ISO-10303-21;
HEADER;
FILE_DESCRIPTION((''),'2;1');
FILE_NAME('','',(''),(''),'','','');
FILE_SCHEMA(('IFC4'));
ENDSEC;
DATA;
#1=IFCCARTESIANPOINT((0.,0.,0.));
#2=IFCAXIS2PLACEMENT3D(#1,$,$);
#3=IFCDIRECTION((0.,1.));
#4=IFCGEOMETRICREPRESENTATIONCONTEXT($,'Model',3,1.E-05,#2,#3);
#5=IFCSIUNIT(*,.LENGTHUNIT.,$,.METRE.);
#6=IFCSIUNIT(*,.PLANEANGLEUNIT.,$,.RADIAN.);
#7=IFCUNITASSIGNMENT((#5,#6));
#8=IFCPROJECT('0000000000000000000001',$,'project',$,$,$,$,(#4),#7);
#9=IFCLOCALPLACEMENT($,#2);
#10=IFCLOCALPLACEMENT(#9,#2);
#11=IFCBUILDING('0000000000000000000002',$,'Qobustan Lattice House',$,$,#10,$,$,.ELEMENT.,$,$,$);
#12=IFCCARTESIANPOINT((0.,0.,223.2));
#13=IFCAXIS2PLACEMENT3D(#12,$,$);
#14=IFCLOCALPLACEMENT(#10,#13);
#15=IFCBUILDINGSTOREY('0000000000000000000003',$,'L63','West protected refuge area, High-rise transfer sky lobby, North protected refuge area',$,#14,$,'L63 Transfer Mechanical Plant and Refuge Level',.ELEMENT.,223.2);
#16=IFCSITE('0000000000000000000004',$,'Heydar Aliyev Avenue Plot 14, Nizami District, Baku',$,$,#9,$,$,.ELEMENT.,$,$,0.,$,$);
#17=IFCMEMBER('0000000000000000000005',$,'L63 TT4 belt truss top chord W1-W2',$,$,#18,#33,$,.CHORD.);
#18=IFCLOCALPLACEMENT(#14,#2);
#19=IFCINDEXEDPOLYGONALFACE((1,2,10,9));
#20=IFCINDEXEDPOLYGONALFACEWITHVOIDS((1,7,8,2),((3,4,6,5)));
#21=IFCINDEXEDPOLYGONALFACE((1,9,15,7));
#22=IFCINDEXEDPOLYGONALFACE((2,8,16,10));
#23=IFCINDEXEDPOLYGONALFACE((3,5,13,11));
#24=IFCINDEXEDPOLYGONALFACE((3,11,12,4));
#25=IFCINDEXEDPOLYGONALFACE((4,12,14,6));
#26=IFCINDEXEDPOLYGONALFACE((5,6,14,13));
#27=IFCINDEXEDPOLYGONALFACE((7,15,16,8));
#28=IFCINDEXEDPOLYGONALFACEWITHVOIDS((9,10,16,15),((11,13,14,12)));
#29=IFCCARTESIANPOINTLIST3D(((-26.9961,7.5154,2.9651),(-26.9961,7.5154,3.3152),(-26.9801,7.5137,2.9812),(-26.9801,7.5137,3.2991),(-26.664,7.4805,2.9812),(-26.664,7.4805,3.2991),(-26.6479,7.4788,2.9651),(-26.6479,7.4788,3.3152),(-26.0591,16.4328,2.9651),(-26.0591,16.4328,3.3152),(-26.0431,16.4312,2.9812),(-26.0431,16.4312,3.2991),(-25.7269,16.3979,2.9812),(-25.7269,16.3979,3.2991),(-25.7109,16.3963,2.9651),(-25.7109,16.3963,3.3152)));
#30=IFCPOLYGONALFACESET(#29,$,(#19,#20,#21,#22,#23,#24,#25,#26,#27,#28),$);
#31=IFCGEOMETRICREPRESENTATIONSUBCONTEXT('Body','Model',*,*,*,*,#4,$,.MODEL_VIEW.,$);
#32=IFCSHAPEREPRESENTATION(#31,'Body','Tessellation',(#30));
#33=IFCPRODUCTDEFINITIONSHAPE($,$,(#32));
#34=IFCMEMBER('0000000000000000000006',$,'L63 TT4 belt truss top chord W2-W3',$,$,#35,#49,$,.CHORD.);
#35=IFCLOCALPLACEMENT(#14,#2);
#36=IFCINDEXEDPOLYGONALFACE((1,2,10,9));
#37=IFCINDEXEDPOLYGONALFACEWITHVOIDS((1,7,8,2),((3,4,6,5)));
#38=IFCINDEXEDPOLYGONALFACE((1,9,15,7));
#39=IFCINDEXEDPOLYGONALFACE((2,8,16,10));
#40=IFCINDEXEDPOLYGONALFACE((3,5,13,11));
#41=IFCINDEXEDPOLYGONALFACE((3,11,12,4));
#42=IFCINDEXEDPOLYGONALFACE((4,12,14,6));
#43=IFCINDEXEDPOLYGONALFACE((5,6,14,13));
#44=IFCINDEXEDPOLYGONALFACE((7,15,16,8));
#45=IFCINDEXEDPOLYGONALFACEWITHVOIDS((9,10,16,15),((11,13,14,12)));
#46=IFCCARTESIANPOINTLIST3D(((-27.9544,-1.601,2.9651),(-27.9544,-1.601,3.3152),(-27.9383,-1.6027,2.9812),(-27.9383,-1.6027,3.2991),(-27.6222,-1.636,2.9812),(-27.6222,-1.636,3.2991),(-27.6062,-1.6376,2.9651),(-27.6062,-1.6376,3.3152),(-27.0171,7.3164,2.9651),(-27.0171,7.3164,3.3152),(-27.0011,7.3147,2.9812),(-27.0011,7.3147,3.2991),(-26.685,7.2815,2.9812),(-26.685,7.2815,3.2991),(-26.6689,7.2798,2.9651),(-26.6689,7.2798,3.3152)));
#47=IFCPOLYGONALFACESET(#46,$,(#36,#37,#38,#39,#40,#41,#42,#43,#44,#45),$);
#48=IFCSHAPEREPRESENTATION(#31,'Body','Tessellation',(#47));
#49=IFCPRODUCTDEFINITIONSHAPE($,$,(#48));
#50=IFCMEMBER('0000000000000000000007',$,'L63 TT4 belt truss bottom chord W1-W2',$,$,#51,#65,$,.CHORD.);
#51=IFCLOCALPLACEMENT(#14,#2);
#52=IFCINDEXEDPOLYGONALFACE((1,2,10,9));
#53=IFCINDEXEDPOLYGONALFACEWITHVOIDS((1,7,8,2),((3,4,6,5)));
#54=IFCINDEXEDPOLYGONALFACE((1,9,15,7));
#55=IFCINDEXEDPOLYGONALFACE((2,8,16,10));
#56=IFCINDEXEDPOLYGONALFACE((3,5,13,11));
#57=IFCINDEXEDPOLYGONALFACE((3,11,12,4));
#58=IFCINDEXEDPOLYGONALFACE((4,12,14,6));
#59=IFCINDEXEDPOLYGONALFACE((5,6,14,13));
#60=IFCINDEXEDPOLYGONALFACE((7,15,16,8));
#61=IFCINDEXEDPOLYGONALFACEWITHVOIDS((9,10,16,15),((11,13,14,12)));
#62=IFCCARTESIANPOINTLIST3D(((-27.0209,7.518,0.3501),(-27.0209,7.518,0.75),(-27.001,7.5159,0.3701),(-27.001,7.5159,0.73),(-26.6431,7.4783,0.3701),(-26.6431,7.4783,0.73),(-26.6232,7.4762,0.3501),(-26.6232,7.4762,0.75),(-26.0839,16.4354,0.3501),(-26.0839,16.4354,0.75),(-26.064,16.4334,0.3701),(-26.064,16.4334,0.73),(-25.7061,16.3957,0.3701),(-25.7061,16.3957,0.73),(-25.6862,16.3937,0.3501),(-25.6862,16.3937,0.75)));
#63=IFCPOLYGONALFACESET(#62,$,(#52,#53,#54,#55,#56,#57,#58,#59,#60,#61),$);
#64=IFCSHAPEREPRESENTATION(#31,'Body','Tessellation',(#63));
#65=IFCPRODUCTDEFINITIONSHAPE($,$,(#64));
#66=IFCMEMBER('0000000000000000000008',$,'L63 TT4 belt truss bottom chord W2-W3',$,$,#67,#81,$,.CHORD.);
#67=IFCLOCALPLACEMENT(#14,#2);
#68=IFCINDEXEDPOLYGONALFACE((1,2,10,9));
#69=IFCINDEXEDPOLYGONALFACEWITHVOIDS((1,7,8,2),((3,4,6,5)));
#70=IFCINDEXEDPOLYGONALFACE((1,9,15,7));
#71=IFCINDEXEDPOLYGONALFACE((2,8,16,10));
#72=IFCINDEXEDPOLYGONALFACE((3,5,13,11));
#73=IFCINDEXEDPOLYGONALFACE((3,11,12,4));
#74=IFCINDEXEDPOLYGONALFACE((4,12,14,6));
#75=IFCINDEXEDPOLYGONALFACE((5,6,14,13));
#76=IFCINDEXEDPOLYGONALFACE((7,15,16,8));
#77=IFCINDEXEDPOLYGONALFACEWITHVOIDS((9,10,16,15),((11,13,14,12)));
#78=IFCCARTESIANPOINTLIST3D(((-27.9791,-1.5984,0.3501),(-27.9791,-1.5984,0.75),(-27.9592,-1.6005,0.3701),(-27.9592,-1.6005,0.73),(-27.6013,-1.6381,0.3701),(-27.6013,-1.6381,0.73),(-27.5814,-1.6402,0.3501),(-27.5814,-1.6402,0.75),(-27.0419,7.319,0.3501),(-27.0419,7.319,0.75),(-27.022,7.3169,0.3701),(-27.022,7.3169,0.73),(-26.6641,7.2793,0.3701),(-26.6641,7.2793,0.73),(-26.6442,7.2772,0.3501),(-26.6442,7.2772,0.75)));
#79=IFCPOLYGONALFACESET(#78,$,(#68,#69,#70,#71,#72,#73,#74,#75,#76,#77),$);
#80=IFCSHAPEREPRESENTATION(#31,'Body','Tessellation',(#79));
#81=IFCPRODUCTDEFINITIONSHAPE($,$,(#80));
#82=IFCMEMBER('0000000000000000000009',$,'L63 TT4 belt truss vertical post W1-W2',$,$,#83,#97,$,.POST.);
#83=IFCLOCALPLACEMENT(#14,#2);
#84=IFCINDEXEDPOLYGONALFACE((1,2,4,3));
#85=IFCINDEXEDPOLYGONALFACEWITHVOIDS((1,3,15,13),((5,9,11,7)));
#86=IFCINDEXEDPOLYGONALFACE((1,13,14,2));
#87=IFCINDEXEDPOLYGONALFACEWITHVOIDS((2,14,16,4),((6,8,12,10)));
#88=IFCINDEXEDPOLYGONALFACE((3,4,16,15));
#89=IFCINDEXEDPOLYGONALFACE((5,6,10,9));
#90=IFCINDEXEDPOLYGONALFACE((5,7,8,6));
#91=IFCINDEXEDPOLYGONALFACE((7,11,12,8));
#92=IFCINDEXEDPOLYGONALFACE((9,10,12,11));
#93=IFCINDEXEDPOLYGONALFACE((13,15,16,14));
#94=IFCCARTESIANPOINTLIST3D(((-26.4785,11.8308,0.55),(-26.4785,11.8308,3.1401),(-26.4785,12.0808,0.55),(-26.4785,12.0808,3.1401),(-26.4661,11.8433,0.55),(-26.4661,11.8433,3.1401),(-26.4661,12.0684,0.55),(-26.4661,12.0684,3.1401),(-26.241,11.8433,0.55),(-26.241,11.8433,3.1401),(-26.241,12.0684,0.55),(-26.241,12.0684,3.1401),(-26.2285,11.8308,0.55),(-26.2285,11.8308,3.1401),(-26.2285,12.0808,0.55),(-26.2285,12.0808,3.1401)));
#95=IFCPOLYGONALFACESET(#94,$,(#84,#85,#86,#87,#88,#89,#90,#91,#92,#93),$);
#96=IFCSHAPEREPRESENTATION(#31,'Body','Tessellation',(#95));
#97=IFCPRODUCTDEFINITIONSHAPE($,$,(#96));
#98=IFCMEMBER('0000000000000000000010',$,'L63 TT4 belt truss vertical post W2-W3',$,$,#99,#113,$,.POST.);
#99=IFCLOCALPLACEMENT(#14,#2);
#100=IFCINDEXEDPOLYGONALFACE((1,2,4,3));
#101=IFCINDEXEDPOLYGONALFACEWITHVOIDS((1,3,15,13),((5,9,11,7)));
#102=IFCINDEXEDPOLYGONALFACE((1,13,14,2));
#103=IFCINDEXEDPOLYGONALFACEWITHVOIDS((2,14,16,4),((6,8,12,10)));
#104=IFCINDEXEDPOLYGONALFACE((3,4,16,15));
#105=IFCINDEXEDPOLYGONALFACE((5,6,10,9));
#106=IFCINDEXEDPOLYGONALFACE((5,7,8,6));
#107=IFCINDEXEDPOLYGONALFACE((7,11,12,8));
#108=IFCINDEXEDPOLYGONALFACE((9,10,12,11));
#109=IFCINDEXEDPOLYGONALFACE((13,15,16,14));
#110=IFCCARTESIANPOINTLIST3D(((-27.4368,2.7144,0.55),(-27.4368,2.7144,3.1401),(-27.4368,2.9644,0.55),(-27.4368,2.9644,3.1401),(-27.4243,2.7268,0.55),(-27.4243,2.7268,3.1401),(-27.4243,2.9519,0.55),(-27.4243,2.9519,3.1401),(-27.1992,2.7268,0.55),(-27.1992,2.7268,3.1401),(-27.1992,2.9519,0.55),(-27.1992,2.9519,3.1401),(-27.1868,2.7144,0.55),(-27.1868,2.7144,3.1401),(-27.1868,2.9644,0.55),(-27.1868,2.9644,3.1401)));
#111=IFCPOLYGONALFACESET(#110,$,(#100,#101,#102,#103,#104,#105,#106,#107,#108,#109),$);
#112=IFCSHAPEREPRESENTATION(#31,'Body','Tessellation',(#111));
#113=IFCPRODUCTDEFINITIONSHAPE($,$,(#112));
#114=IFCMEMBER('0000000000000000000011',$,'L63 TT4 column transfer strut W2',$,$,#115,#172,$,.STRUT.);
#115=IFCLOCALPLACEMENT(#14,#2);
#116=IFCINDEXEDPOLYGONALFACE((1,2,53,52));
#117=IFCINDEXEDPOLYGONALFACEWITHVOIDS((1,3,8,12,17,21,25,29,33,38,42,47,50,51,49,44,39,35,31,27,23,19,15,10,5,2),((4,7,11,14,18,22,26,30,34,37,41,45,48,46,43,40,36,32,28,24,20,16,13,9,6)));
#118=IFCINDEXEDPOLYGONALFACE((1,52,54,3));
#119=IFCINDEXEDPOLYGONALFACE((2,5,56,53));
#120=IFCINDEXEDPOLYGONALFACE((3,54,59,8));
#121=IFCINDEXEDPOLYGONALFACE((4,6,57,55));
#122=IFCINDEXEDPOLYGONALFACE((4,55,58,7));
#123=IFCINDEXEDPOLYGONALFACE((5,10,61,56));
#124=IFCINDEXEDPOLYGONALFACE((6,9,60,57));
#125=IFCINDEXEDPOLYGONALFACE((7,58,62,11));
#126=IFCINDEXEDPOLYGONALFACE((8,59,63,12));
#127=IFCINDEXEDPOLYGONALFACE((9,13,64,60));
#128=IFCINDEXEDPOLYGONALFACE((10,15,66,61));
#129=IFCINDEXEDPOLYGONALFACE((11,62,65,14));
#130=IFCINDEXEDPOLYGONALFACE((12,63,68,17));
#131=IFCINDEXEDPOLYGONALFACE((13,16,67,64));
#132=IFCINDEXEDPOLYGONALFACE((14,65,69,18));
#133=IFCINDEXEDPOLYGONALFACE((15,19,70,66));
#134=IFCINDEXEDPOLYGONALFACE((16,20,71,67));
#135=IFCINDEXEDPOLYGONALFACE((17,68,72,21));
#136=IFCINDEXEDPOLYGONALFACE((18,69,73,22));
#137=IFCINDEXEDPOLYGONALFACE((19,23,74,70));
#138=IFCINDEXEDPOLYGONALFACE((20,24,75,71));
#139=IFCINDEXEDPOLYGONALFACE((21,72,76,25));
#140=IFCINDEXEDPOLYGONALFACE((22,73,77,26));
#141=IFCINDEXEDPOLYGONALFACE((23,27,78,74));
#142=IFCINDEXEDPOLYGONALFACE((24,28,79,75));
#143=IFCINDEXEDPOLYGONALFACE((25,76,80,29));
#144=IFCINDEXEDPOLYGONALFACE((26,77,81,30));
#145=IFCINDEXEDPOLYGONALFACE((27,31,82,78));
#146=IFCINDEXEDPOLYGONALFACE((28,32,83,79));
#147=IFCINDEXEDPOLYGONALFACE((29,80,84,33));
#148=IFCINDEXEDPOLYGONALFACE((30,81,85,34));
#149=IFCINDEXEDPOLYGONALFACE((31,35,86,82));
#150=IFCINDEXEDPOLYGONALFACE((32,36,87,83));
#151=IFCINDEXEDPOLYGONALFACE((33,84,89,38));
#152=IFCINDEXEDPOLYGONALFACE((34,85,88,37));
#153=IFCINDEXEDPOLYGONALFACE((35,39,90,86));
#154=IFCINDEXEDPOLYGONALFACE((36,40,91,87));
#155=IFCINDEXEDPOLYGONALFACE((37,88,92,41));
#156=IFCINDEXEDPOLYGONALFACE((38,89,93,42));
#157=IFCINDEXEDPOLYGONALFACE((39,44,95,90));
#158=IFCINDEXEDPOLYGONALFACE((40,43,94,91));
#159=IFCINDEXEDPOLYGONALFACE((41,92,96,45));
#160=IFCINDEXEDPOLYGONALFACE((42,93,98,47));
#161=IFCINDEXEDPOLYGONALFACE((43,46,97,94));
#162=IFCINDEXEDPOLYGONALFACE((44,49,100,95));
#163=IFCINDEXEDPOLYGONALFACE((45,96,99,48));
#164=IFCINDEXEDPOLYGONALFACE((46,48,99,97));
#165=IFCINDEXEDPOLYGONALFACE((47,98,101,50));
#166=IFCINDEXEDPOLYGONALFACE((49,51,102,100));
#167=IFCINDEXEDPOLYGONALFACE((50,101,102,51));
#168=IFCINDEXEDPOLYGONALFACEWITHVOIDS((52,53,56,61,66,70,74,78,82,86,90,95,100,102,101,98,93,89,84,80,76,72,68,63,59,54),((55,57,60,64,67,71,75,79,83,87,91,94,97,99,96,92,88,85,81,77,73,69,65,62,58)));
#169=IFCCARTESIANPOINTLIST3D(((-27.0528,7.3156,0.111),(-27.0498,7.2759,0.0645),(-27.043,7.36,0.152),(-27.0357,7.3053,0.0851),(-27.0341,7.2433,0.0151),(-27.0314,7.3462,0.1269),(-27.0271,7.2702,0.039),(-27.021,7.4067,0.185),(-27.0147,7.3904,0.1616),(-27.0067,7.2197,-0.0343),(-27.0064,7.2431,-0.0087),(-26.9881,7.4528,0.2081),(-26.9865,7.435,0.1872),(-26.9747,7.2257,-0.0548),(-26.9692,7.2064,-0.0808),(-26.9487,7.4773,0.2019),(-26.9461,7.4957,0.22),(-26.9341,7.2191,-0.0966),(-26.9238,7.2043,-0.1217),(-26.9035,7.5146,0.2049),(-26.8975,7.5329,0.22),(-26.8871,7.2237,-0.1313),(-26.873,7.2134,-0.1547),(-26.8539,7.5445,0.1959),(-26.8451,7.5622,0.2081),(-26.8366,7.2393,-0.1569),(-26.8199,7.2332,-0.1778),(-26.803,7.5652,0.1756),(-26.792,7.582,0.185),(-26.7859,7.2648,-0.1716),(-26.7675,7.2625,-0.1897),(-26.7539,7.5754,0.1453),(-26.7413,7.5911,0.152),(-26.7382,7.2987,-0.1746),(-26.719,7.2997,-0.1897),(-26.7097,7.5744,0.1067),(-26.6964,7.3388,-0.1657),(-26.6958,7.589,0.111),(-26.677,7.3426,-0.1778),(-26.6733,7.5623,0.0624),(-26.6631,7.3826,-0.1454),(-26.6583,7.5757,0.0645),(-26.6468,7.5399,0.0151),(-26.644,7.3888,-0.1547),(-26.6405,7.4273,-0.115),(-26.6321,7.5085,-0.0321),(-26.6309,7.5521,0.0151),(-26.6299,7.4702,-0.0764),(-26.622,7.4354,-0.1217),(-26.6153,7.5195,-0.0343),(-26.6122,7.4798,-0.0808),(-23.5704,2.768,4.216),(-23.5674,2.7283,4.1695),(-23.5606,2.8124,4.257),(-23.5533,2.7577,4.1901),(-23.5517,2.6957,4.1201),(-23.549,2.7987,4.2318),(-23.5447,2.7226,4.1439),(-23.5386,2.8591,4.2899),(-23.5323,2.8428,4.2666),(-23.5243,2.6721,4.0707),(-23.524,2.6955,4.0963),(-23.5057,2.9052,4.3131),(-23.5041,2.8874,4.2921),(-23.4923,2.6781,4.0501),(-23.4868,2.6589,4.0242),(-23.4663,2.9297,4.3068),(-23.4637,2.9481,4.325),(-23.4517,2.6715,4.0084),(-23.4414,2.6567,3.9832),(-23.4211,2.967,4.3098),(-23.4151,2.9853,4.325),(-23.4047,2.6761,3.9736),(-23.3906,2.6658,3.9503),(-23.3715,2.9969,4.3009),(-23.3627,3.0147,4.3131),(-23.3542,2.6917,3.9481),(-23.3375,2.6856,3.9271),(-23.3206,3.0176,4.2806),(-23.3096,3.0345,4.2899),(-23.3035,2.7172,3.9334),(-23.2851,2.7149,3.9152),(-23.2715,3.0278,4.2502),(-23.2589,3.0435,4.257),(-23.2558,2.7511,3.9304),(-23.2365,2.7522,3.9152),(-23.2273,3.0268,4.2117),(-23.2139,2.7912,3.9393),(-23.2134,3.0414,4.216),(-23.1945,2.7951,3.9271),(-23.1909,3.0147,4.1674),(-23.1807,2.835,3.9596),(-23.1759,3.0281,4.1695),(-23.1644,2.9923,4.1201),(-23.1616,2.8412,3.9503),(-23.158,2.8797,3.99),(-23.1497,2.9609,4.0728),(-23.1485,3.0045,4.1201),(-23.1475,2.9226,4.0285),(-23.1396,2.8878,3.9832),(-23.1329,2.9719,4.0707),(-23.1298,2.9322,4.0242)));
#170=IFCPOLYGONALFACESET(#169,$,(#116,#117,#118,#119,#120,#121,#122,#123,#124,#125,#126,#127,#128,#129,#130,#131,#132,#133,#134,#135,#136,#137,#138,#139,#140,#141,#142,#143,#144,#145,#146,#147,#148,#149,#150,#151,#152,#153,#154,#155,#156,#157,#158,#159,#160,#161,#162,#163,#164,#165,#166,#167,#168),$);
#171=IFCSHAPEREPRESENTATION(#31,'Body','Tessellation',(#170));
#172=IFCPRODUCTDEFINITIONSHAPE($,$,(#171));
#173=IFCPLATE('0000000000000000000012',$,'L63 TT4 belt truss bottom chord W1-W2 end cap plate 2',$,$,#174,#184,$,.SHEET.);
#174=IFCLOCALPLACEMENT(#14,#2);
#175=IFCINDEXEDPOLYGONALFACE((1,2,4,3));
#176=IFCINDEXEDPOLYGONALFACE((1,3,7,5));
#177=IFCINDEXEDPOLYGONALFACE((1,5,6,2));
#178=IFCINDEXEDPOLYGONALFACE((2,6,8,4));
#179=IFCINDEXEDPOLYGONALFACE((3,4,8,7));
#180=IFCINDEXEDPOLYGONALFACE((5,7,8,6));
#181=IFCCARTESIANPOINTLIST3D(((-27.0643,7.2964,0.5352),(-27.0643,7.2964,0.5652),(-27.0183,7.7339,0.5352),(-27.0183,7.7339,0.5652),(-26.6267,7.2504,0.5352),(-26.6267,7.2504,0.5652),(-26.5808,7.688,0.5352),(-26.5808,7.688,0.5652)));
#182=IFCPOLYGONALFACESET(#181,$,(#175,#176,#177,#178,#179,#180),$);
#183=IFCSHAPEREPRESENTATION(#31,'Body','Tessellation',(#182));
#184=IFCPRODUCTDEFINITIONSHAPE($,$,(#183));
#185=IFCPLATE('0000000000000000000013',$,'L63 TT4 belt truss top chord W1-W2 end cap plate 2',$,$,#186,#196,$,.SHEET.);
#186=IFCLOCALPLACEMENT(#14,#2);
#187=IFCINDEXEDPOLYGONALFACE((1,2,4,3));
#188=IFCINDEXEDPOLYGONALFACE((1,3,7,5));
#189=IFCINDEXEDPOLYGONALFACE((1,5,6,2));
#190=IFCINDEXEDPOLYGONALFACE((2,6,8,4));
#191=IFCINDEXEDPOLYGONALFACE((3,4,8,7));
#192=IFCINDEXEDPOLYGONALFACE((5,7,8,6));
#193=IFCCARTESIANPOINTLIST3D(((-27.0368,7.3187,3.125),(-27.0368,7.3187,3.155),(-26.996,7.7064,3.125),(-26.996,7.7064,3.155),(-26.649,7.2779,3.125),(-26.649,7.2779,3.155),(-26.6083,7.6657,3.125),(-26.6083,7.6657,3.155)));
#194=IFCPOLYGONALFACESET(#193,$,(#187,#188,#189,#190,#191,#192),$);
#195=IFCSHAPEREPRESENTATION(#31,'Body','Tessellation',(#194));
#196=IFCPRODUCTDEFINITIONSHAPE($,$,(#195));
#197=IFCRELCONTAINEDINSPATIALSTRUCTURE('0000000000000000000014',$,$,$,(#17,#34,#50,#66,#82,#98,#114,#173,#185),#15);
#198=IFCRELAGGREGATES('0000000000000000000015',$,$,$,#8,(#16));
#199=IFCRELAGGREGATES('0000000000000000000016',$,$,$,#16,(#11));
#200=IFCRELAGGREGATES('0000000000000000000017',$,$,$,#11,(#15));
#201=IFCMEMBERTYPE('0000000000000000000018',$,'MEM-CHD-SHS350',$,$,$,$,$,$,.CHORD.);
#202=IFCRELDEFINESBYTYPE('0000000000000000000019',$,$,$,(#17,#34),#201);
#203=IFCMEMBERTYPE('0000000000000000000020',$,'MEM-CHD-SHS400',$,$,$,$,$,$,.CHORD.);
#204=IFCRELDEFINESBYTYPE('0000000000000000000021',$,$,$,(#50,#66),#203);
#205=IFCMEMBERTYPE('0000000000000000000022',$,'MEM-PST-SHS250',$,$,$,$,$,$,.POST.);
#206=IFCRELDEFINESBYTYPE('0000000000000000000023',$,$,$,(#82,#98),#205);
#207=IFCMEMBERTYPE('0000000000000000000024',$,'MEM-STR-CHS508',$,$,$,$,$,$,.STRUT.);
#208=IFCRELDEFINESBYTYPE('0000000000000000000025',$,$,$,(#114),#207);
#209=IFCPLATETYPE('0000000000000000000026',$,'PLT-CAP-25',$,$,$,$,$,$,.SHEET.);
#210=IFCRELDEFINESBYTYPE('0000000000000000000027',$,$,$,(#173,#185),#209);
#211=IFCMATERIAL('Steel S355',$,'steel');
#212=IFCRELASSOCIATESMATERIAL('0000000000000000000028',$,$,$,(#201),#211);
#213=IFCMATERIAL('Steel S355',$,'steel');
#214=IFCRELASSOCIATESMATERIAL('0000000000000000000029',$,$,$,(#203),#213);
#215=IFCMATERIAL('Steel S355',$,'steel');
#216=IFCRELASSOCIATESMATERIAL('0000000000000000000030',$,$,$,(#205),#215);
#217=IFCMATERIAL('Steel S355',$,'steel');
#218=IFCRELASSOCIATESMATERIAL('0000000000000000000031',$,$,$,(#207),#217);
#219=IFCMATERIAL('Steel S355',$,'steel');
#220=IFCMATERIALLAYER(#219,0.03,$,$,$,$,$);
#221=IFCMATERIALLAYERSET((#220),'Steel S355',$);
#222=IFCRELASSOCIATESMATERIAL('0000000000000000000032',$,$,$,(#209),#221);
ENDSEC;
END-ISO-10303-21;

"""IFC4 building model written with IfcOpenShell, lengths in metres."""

from ifc_helpers import new_model, si_unit, direction, frame, origin, origin_2d, place, context, subcontext, project, spatial, rectangle, hollow_rectangle, hollow_circle, extrude, material, layer, layer_set, material_profile, profile_set, type_object, element, save


model = new_model("IFC4")

# Units and contexts
model_context = context("Model", 3, precision=1e-05, world=origin(), true_north=direction((0.0, 1.0)))
body_context = subcontext(model_context, "Body", "Model", "MODEL_VIEW")
ifc_project = project(units=[si_unit("LENGTHUNIT", "METRE"), si_unit("PLANEANGLEUNIT", "RADIAN")], contexts=[model_context])

# Site, building, storey
site_placement = place(None, origin())
site = spatial("IfcSite", under=ifc_project, at=site_placement, Name="Heydar Aliyev Avenue Plot 14, Nizami District, Baku", CompositionType="ELEMENT", RefElevation=0.0)
building_placement = place(site_placement, origin())
building = spatial("IfcBuilding", under=site, at=building_placement, Name="Qobustan Lattice House", CompositionType="ELEMENT")
storey_placement = place(building_placement, frame((0.0, 0.0, 223.2)))
storey = spatial("IfcBuildingStorey", under=building, at=storey_placement, Name="L63", Description="West protected refuge area, High-rise transfer sky lobby, North protected refuge area", LongName="L63 Transfer Mechanical Plant and Refuge Level", CompositionType="ELEMENT", Elevation=223.2)

# Members
ifc_material_1 = material(Name="Steel S355", Category="steel")
ifc_material_profile_1 = material_profile(ifc_material_1, hollow_rectangle(XDim=0.3501, YDim=0.3501, WallThickness=0.0161, at=origin_2d()), Name="SHS350x350x16")
ifc_profile_set_1 = profile_set([ifc_material_profile_1], Name="Steel S355")
member_type_1 = type_object("IfcMemberType", Name="MEM-CHD-SHS350", PredefinedType="CHORD", material=ifc_profile_set_1)
for number, where, z_axis, x_axis, name in (
    (1, (-25.885, 16.4146, 3.1401), (-0.104501, -0.994525, 0.0), (0.994525, -0.104501, 0.0), "L63 TT4 belt truss top chord W1-W2"),
    (2, (-26.843, 7.2981, 3.1401), (-0.104527, -0.994522, 0.0), (0.994522, -0.104527, 0.0), "L63 TT4 belt truss top chord W2-W3"),
):
    element("IfcMember", number, at=place(storey_placement, frame(where, z_axis=z_axis, x_axis=x_axis)), inside=storey, type_object=member_type_1, Name=name, PredefinedType="CHORD", context=body_context, shape_type="SweptSolid", body=[
        extrude(hollow_rectangle(XDim=0.3501, YDim=0.3501, WallThickness=0.0161, at=origin_2d()), origin(), (0.0, 0.0, 1.0), 8.9666),
    ])
ifc_material_2 = material(Name="Steel S355", Category="steel")
ifc_material_profile_2 = material_profile(ifc_material_2, hollow_rectangle(XDim=0.3999, YDim=0.3999, WallThickness=0.02, at=origin_2d()), Name="SHS400x400x20")
ifc_profile_set_2 = profile_set([ifc_material_profile_2], Name="Steel S355")
member_type_2 = type_object("IfcMemberType", Name="MEM-CHD-SHS400", PredefinedType="CHORD", material=ifc_profile_set_2)
for number, where, z_axis, x_axis, name in (
    (3, (-25.885, 16.4146, 0.55), (-0.104501, -0.994525, 0.0), (0.994525, -0.104501, 0.0), "L63 TT4 belt truss bottom chord W1-W2"),
    (4, (-26.843, 7.2981, 0.55), (-0.104527, -0.994522, 0.0), (0.994522, -0.104527, 0.0), "L63 TT4 belt truss bottom chord W2-W3"),
):
    element("IfcMember", number, at=place(storey_placement, frame(where, z_axis=z_axis, x_axis=x_axis)), inside=storey, type_object=member_type_2, Name=name, PredefinedType="CHORD", context=body_context, shape_type="SweptSolid", body=[
        extrude(hollow_rectangle(XDim=0.3999, YDim=0.3999, WallThickness=0.02, at=origin_2d()), origin(), (0.0, 0.0, 1.0), 8.9666),
    ])
ifc_material_3 = material(Name="Steel S355", Category="steel")
ifc_material_profile_3 = material_profile(ifc_material_3, hollow_rectangle(XDim=0.25, YDim=0.25, WallThickness=0.0125, at=origin_2d()), Name="SHS250x250x12.5")
ifc_profile_set_3 = profile_set([ifc_material_profile_3], Name="Steel S355")
member_type_3 = type_object("IfcMemberType", Name="MEM-PST-SHS250", PredefinedType="POST", material=ifc_profile_set_3)
for number, where, z_axis, x_axis, name in (
    (5, (-26.3535, 11.9558, 0.55), (0.0, 0.0, 1.0), (1.0, 0.0, 0.0), "L63 TT4 belt truss vertical post W1-W2"),
    (6, (-27.3118, 2.8394, 0.55), (0.0, 0.0, 1.0), (1.0, 0.0, 0.0), "L63 TT4 belt truss vertical post W2-W3"),
):
    element("IfcMember", number, at=place(storey_placement, frame(where, z_axis=z_axis, x_axis=x_axis)), inside=storey, type_object=member_type_3, Name=name, PredefinedType="POST", context=body_context, shape_type="SweptSolid", body=[
        extrude(hollow_rectangle(XDim=0.25, YDim=0.25, WallThickness=0.0125, at=origin_2d()), origin(), (0.0, 0.0, 1.0), 2.5901),
    ])
ifc_material_4 = material(Name="Steel S355", Category="steel")
ifc_material_profile_4 = material_profile(ifc_material_4, hollow_circle(Radius=0.2539, WallThickness=0.02, at=origin_2d()), Name="CHS508x20")
ifc_profile_set_4 = profile_set([ifc_material_profile_4], Name="Steel S355")
member_type_4 = type_object("IfcMemberType", Name="MEM-STR-CHS508", PredefinedType="STRUT", material=ifc_profile_set_4)
member_placement = place(storey_placement, frame((-26.8325, 7.3977, 0.0151), z_axis=(0.494178, -0.645334, 0.582523), x_axis=(0.79395, 0.607983, 0.0)))
element("IfcMember", 7, at=member_placement, inside=storey, type_object=member_type_4, Name="L63 TT4 column transfer strut W2", PredefinedType="STRUT", context=body_context, shape_type="SweptSolid", body=[
    extrude(hollow_circle(Radius=0.2539, WallThickness=0.02, at=origin_2d()), origin(), (0.0, 0.0, 1.0), 7.0469),
])

# Plates
ifc_material_5 = material(Name="Steel S355", Category="steel")
ifc_layer_1 = layer(ifc_material_5, 0.03)
ifc_layer_set_1 = layer_set([ifc_layer_1], Name="Steel S355")
plate_type = type_object("IfcPlateType", Name="PLT-CAP-25", PredefinedType="SHEET", material=ifc_layer_set_1)
plate_1_placement = place(storey_placement, frame((-26.8225, 7.4922, 0.5352), z_axis=(0.0, 0.0, 1.0), x_axis=(-0.104528, -0.994522, 0.0)))
element("IfcPlate", 8, at=plate_1_placement, inside=storey, type_object=plate_type, Name="L63 TT4 belt truss bottom chord W1-W2 end cap plate 2", PredefinedType="SHEET", context=body_context, shape_type="SweptSolid", body=[
    extrude(rectangle(XDim=0.4399, YDim=0.4399, at=origin_2d()), origin(), (0.0, 0.0, 1.0), 0.03),
])
plate_2_placement = place(storey_placement, frame((-26.8225, 7.4922, 3.125), z_axis=(0.0, 0.0, 1.0), x_axis=(-0.104528, -0.994522, 0.0)))
element("IfcPlate", 9, at=plate_2_placement, inside=storey, type_object=plate_type, Name="L63 TT4 belt truss top chord W1-W2 end cap plate 2", PredefinedType="SHEET", context=body_context, shape_type="SweptSolid", body=[
    extrude(rectangle(XDim=0.3899, YDim=0.3899, at=origin_2d()), origin(), (0.0, 0.0, 1.0), 0.03),
])

save(model, "model.ifc")
